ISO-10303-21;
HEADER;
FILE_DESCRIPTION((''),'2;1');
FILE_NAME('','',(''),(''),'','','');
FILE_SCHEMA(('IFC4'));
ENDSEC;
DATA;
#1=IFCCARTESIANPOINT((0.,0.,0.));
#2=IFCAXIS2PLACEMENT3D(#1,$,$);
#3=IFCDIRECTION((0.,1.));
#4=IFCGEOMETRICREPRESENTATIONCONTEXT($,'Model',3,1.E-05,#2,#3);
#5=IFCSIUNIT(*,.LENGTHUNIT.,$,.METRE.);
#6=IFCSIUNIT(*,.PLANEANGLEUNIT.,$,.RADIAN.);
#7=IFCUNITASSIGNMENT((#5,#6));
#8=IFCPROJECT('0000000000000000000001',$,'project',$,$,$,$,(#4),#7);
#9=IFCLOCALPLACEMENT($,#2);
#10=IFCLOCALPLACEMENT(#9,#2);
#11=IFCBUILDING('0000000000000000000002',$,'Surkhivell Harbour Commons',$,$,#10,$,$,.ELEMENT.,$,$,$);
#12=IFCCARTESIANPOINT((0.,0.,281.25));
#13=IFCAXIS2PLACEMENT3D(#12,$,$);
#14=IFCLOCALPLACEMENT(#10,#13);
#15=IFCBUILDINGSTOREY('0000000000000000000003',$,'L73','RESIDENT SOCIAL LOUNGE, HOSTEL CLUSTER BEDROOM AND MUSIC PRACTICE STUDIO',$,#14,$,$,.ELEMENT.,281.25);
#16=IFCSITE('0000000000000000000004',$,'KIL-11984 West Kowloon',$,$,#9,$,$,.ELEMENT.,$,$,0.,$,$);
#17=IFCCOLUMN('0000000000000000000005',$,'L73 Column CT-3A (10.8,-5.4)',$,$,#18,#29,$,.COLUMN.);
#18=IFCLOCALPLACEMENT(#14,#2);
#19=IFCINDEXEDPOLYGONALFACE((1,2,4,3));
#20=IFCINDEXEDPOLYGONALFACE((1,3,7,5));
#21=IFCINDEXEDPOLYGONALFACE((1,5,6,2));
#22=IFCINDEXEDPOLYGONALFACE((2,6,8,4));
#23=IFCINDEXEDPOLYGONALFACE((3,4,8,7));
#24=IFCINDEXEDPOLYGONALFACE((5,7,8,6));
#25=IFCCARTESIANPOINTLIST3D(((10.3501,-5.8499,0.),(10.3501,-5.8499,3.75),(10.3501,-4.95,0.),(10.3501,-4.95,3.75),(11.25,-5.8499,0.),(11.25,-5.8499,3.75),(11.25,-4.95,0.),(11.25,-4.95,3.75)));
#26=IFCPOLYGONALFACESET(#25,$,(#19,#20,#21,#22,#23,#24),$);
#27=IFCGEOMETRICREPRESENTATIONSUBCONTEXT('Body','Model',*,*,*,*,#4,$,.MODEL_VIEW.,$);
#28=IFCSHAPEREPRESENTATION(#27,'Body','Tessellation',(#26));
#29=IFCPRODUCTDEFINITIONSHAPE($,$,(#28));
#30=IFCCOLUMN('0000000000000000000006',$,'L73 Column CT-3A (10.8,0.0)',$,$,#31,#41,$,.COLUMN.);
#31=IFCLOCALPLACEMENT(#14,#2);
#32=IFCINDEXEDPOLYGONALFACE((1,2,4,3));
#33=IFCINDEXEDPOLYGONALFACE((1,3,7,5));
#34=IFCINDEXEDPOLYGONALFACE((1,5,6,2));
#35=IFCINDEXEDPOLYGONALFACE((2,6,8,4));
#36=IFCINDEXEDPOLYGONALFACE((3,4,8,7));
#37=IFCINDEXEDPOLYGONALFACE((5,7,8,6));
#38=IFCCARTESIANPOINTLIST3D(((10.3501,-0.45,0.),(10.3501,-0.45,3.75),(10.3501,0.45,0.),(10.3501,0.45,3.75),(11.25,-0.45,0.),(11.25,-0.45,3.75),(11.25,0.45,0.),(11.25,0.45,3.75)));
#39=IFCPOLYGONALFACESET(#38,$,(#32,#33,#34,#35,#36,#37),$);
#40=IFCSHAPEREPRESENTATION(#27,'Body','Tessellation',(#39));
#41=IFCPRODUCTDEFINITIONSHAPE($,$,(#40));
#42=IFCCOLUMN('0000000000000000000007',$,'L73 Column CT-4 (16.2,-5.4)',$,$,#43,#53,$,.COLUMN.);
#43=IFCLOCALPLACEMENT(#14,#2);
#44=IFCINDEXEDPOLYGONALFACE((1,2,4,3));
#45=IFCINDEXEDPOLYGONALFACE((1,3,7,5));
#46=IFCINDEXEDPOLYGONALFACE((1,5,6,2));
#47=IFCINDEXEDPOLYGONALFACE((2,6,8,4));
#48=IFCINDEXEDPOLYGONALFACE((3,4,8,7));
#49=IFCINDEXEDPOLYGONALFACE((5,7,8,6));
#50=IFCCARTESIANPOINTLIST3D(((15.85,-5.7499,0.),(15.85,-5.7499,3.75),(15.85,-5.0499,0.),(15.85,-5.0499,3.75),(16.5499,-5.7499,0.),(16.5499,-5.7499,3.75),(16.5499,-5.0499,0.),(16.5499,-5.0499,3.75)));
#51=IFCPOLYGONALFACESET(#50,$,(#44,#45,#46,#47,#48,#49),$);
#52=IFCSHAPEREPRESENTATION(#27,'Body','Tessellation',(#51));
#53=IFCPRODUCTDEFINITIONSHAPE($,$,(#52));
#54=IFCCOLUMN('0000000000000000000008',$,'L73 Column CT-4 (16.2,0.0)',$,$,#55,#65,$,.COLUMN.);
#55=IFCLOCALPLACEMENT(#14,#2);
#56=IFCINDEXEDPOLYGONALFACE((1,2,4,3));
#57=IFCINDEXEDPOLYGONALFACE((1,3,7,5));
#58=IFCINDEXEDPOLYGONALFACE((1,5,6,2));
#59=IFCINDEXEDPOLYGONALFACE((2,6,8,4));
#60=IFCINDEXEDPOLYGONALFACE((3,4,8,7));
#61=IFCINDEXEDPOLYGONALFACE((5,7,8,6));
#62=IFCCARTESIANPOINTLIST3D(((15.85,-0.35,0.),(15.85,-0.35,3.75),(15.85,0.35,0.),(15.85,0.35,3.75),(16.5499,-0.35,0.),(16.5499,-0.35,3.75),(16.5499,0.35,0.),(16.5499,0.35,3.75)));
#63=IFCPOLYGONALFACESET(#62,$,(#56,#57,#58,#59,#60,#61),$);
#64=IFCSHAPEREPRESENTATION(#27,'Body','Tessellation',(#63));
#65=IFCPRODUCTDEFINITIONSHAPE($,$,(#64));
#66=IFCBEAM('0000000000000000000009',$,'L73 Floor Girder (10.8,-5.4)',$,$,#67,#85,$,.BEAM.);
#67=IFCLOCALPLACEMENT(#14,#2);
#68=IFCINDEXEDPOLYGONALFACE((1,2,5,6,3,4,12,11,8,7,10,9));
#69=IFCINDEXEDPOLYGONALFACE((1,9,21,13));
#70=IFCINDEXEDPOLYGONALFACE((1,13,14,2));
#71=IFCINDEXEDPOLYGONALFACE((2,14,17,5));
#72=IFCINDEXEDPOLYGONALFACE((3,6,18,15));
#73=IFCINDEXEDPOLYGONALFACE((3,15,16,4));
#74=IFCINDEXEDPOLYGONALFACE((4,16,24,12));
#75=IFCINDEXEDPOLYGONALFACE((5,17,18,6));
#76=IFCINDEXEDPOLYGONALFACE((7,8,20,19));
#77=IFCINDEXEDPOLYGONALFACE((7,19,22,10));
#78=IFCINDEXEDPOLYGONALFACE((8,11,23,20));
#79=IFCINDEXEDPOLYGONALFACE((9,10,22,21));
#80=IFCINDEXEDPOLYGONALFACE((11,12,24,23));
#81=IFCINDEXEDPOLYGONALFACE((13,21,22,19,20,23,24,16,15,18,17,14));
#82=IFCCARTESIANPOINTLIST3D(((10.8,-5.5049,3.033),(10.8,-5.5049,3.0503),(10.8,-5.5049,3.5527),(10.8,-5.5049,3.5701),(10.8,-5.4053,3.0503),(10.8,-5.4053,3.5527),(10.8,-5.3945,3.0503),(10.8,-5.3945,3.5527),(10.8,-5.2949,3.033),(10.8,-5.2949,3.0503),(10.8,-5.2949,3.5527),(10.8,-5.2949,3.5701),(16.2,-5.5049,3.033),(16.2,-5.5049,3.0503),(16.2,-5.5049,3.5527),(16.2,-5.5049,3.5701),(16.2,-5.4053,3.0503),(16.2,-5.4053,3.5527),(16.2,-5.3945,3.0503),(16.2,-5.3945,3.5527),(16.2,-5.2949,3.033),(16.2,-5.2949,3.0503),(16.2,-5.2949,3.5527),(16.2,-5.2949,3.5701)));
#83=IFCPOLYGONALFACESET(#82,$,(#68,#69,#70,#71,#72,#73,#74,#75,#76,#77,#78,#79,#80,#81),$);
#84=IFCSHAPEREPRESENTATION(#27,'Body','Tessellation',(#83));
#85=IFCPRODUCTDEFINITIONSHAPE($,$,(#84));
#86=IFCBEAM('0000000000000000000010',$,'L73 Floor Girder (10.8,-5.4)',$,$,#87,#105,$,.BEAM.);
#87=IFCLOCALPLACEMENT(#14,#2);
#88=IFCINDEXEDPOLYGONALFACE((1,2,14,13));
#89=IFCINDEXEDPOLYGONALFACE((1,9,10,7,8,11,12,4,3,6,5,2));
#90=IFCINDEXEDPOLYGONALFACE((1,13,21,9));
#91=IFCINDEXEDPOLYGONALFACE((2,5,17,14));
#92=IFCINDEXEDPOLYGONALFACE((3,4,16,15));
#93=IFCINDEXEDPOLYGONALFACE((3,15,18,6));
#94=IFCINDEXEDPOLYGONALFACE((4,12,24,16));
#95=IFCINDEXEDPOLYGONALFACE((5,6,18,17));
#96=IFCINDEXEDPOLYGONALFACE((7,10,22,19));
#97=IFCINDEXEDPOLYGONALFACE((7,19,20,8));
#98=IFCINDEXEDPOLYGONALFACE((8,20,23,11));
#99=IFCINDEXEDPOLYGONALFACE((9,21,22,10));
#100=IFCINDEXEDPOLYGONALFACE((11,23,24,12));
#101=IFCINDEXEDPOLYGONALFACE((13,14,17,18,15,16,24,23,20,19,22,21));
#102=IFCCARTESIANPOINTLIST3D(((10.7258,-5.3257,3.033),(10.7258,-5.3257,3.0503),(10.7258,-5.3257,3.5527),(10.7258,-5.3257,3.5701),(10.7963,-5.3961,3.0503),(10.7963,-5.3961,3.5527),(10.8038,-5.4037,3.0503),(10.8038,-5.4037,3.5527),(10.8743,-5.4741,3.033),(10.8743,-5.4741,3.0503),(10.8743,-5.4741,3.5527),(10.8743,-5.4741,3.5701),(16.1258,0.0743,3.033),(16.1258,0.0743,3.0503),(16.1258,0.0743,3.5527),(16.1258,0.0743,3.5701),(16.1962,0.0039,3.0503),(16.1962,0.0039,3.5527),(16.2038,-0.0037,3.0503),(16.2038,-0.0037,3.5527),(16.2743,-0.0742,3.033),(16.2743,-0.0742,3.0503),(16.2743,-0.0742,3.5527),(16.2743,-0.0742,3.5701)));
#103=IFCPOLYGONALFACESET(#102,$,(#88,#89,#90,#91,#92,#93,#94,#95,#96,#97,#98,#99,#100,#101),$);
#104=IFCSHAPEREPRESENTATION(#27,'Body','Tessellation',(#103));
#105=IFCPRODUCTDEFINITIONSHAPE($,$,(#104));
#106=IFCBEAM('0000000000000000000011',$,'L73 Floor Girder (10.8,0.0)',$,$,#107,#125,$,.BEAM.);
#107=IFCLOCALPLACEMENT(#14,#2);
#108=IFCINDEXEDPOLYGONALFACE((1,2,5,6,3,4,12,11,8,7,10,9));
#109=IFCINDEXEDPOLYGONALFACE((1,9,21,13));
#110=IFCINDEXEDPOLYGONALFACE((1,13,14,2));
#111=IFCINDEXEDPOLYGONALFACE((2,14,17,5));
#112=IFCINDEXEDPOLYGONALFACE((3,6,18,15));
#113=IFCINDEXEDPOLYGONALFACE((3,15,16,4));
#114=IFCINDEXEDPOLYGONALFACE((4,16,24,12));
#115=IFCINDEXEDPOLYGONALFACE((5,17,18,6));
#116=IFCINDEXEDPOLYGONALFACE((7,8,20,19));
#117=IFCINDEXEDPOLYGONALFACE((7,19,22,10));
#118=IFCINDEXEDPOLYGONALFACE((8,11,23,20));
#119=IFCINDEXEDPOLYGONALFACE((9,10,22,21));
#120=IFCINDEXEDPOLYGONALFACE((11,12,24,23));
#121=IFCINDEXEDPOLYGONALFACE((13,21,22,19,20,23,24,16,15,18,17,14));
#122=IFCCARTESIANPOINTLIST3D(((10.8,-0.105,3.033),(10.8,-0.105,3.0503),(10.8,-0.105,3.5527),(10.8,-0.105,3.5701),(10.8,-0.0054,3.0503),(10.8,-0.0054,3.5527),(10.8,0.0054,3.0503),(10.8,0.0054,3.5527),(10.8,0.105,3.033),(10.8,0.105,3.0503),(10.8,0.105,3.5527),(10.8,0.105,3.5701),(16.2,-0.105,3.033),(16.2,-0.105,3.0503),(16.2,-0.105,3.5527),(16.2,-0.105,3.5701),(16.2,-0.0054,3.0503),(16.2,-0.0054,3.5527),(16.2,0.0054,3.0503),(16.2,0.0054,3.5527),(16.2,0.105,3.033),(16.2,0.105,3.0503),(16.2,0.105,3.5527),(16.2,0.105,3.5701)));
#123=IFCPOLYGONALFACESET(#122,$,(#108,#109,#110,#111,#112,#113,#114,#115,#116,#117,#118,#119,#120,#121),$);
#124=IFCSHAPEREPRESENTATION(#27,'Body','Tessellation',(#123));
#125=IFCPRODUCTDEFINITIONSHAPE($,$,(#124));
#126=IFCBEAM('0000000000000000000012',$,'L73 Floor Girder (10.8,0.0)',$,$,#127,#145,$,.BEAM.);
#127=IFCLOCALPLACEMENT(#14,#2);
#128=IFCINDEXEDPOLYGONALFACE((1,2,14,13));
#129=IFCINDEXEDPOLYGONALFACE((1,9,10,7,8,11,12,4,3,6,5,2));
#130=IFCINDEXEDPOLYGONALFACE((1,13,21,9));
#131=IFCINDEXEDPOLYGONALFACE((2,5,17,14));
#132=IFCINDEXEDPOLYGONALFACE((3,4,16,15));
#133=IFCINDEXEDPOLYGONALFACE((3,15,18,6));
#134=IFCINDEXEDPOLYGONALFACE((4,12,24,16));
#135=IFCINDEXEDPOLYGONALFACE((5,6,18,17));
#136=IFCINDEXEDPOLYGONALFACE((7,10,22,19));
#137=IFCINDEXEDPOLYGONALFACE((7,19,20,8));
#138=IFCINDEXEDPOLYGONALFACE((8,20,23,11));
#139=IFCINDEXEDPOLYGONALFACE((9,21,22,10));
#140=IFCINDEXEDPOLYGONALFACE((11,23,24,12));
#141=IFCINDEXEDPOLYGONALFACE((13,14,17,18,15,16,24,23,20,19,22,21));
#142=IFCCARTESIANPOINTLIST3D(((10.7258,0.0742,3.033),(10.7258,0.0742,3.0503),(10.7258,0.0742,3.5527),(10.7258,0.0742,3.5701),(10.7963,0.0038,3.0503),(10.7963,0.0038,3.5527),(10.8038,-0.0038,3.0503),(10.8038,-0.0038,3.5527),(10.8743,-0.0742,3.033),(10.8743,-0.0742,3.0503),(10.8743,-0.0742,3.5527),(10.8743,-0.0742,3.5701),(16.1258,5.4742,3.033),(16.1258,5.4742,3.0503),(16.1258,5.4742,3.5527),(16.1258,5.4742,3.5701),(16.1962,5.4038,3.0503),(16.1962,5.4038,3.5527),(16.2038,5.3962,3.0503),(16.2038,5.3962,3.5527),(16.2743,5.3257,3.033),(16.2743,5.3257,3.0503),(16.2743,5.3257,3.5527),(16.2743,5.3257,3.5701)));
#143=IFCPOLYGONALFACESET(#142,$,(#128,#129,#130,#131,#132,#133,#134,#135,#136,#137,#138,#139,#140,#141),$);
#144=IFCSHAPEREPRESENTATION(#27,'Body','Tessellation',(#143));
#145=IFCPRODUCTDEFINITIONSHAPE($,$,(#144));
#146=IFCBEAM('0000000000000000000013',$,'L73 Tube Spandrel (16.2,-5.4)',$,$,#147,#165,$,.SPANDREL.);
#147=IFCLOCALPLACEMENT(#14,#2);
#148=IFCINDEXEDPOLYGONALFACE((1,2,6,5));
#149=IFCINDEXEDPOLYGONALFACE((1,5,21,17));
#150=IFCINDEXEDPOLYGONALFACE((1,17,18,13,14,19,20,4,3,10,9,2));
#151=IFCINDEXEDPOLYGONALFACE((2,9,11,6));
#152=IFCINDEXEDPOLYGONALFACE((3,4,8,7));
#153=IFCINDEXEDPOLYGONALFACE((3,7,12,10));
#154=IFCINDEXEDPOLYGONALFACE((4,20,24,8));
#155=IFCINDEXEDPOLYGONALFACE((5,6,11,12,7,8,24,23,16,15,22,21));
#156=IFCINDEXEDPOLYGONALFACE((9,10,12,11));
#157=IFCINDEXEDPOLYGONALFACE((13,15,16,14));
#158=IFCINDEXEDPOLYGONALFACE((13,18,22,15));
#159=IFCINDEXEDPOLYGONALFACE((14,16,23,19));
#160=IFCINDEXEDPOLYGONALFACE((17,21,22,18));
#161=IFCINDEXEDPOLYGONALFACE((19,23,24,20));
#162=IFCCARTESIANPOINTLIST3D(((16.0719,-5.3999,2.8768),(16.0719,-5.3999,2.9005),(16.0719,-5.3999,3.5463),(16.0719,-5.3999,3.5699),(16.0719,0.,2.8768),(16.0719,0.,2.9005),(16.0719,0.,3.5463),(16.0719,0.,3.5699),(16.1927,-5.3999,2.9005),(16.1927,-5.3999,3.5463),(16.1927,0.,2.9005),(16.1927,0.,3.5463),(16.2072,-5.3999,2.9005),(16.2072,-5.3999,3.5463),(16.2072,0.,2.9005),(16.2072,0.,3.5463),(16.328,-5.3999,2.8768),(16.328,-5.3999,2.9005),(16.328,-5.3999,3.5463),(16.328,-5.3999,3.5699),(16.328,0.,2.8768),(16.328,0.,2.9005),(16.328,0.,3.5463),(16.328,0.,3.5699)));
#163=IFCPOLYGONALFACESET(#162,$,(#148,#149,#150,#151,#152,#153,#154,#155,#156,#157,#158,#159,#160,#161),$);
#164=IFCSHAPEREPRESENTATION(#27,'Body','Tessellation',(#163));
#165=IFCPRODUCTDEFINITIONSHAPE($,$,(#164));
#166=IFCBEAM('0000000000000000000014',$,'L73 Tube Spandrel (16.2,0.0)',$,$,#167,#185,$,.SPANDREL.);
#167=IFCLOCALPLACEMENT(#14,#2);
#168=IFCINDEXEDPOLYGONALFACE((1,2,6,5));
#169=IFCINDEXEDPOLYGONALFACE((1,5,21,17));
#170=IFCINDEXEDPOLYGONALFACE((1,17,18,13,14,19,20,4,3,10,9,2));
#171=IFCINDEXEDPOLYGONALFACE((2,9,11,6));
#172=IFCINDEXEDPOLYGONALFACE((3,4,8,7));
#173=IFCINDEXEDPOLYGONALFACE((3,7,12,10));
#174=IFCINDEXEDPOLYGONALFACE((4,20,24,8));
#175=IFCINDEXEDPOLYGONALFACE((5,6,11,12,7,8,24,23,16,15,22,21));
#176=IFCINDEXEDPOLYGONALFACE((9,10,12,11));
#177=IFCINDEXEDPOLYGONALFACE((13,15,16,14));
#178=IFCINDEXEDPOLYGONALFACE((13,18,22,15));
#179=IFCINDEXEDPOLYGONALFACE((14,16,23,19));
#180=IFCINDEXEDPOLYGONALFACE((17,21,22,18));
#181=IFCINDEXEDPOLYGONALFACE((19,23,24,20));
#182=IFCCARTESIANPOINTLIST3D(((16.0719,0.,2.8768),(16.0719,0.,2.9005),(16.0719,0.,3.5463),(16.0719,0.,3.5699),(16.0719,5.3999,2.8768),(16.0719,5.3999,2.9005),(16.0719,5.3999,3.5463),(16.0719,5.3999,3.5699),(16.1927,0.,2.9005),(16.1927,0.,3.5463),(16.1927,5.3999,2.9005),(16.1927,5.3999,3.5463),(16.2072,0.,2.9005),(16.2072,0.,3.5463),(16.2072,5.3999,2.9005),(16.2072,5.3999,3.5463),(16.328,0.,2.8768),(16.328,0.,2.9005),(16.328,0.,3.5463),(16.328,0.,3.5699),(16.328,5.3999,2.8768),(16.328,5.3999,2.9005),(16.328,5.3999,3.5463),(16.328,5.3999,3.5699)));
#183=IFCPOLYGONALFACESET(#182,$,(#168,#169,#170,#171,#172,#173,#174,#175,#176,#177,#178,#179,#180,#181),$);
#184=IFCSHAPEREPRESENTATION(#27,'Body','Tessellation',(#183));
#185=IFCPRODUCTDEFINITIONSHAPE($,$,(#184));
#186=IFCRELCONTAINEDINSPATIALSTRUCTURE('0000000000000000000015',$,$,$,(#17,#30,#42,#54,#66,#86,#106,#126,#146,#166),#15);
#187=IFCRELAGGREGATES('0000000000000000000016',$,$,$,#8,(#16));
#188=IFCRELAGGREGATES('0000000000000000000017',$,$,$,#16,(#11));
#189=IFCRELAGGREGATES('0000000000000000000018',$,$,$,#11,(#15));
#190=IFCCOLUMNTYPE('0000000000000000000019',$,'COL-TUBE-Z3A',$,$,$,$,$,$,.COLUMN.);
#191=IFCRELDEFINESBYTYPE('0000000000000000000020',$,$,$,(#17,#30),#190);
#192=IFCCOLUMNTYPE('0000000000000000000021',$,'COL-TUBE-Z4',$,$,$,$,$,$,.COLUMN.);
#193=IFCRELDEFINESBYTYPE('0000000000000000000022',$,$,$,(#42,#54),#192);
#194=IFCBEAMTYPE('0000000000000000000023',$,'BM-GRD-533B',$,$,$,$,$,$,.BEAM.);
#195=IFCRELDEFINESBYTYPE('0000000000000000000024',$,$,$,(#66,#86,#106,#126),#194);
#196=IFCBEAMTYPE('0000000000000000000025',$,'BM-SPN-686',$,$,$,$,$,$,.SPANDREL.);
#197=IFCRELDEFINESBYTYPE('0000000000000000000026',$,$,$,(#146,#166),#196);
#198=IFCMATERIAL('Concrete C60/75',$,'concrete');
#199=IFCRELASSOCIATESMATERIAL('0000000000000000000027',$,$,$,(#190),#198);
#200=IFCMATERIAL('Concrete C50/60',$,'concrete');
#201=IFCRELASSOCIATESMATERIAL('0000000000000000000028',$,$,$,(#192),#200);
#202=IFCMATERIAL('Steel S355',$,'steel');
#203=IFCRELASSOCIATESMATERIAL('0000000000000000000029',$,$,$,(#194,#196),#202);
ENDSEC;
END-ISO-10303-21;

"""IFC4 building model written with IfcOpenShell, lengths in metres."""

from ifc_helpers import new_model, si_unit, direction, frame, origin, origin_2d, place, context, subcontext, project, spatial, rectangle, i_section, extrude, material, material_profile, profile_set, type_object, element, save


model = new_model("IFC4")

# Units and contexts
model_context = context("Model", 3, precision=1e-05, world=origin(), true_north=direction((0.0, 1.0)))
body_context = subcontext(model_context, "Body", "Model", "MODEL_VIEW")
ifc_project = project(units=[si_unit("LENGTHUNIT", "METRE"), si_unit("PLANEANGLEUNIT", "RADIAN")], contexts=[model_context])

# Site, building, storey
site_placement = place(None, origin())
site = spatial("IfcSite", under=ifc_project, at=site_placement, Name="KIL-11984 West Kowloon", CompositionType="ELEMENT", RefElevation=0.0)
building_placement = place(site_placement, origin())
building = spatial("IfcBuilding", under=site, at=building_placement, Name="Surkhivell Harbour Commons", CompositionType="ELEMENT")
storey_placement = place(building_placement, frame((0.0, 0.0, 281.25)))
storey = spatial("IfcBuildingStorey", under=building, at=storey_placement, Name="L73", Description="RESIDENT SOCIAL LOUNGE, HOSTEL CLUSTER BEDROOM AND MUSIC PRACTICE STUDIO", CompositionType="ELEMENT", Elevation=281.25)

# Columns
ifc_material_1 = material(Name="Concrete C60/75", Category="concrete")
ifc_material_profile_1 = material_profile(ifc_material_1, rectangle(XDim=0.8999, YDim=0.8999, at=origin_2d()), Name="RC-COL-900x900")
ifc_profile_set_1 = profile_set([ifc_material_profile_1], Name="Concrete C60/75")
column_type_1 = type_object("IfcColumnType", Name="COL-TUBE-Z3A", PredefinedType="COLUMN", material=ifc_profile_set_1)
for number, where, z_axis, x_axis, name in (
    (1, (10.8, -5.3999, 0.0), (0.0, 0.0, 1.0), (1.0, 0.0, 0.0), "L73 Column CT-3A (10.8,-5.4)"),
    (2, (10.8, 0.0, 0.0), (0.0, 0.0, 1.0), (1.0, 0.0, 0.0), "L73 Column CT-3A (10.8,0.0)"),
):
    element("IfcColumn", number, at=place(storey_placement, frame(where, z_axis=z_axis, x_axis=x_axis)), inside=storey, type_object=column_type_1, Name=name, PredefinedType="COLUMN", context=body_context, shape_type="SweptSolid", body=[
        extrude(rectangle(XDim=0.8999, YDim=0.8999, at=origin_2d()), origin(), (0.0, 0.0, 1.0), 3.75),
    ])
ifc_material_2 = material(Name="Concrete C50/60", Category="concrete")
ifc_material_profile_2 = material_profile(ifc_material_2, rectangle(XDim=0.7, YDim=0.7, at=origin_2d()), Name="RC-COL-700x700")
ifc_profile_set_2 = profile_set([ifc_material_profile_2], Name="Concrete C50/60")
column_type_2 = type_object("IfcColumnType", Name="COL-TUBE-Z4", PredefinedType="COLUMN", material=ifc_profile_set_2)
for number, where, z_axis, x_axis, name in (
    (3, (16.2, -5.3999, 0.0), (0.0, 0.0, 1.0), (1.0, 0.0, 0.0), "L73 Column CT-4 (16.2,-5.4)"),
    (4, (16.2, 0.0, 0.0), (0.0, 0.0, 1.0), (1.0, 0.0, 0.0), "L73 Column CT-4 (16.2,0.0)"),
):
    element("IfcColumn", number, at=place(storey_placement, frame(where, z_axis=z_axis, x_axis=x_axis)), inside=storey, type_object=column_type_2, Name=name, PredefinedType="COLUMN", context=body_context, shape_type="SweptSolid", body=[
        extrude(rectangle(XDim=0.7, YDim=0.7, at=origin_2d()), origin(), (0.0, 0.0, 1.0), 3.75),
    ])

# Beams
ifc_material_3 = material(Name="Steel S355", Category="steel")
ifc_material_profile_3 = material_profile(ifc_material_3, i_section(OverallWidth=0.21, OverallDepth=0.5371, WebThickness=0.0107, FlangeThickness=0.0173, at=origin_2d()), Name="UB533x210x101")
ifc_profile_set_3 = profile_set([ifc_material_profile_3], Name="Steel S355")
beam_type_1 = type_object("IfcBeamType", Name="BM-GRD-533B", PredefinedType="BEAM", material=ifc_profile_set_3)
beam_1_placement = place(storey_placement, frame((10.8, -5.3999, 3.3015), z_axis=(1.0, 0.0, 0.0), x_axis=(0.0, 1.0, 0.0)))
element("IfcBeam", 5, at=beam_1_placement, inside=storey, type_object=beam_type_1, Name="L73 Floor Girder (10.8,-5.4)", PredefinedType="BEAM", context=body_context, shape_type="SweptSolid", body=[
    extrude(i_section(OverallWidth=0.21, OverallDepth=0.5371, WebThickness=0.0107, FlangeThickness=0.0173, at=origin_2d()), origin(), (0.0, 0.0, 1.0), 5.3999),
])
beam_2_placement = place(storey_placement, frame((10.8, -5.3999, 3.3015), z_axis=(0.707107, 0.707107, 0.0), x_axis=(-0.707107, 0.707107, 0.0)))
element("IfcBeam", 6, at=beam_2_placement, inside=storey, type_object=beam_type_1, Name="L73 Floor Girder (10.8,-5.4)", PredefinedType="BEAM", context=body_context, shape_type="SweptSolid", body=[
    extrude(i_section(OverallWidth=0.21, OverallDepth=0.5371, WebThickness=0.0107, FlangeThickness=0.0173, at=origin_2d()), origin(), (0.0, 0.0, 1.0), 7.6367),
])
beam_3_placement = place(storey_placement, frame((10.8, 0.0, 3.3015), z_axis=(1.0, 0.0, 0.0), x_axis=(0.0, 1.0, 0.0)))
element("IfcBeam", 7, at=beam_3_placement, inside=storey, type_object=beam_type_1, Name="L73 Floor Girder (10.8,0.0)", PredefinedType="BEAM", context=body_context, shape_type="SweptSolid", body=[
    extrude(i_section(OverallWidth=0.21, OverallDepth=0.5371, WebThickness=0.0107, FlangeThickness=0.0173, at=origin_2d()), origin(), (0.0, 0.0, 1.0), 5.3999),
])
beam_4_placement = place(storey_placement, frame((10.8, 0.0, 3.3015), z_axis=(0.707107, 0.707107, 0.0), x_axis=(-0.707107, 0.707107, 0.0)))
element("IfcBeam", 8, at=beam_4_placement, inside=storey, type_object=beam_type_1, Name="L73 Floor Girder (10.8,0.0)", PredefinedType="BEAM", context=body_context, shape_type="SweptSolid", body=[
    extrude(i_section(OverallWidth=0.21, OverallDepth=0.5371, WebThickness=0.0107, FlangeThickness=0.0173, at=origin_2d()), origin(), (0.0, 0.0, 1.0), 7.6367),
])
ifc_material_profile_4 = material_profile(ifc_material_3, i_section(OverallWidth=0.2561, OverallDepth=0.6931, WebThickness=0.0144, FlangeThickness=0.0237, at=origin_2d()), Name="UB686x254x170")
ifc_profile_set_4 = profile_set([ifc_material_profile_4], Name="Steel S355")
beam_type_2 = type_object("IfcBeamType", Name="BM-SPN-686", PredefinedType="SPANDREL", material=ifc_profile_set_4)
for number, where, z_axis, x_axis, name in (
    (9, (16.2, -5.3999, 3.2234), (0.0, 1.0, 0.0), (-1.0, 0.0, 0.0), "L73 Tube Spandrel (16.2,-5.4)"),
    (10, (16.2, 0.0, 3.2234), (0.0, 1.0, 0.0), (-1.0, 0.0, 0.0), "L73 Tube Spandrel (16.2,0.0)"),
):
    element("IfcBeam", number, at=place(storey_placement, frame(where, z_axis=z_axis, x_axis=x_axis)), inside=storey, type_object=beam_type_2, Name=name, PredefinedType="SPANDREL", context=body_context, shape_type="SweptSolid", body=[
        extrude(i_section(OverallWidth=0.2561, OverallDepth=0.6931, WebThickness=0.0144, FlangeThickness=0.0237, at=origin_2d()), origin(), (0.0, 0.0, 1.0), 5.3999),
    ])

save(model, "model.ifc")
